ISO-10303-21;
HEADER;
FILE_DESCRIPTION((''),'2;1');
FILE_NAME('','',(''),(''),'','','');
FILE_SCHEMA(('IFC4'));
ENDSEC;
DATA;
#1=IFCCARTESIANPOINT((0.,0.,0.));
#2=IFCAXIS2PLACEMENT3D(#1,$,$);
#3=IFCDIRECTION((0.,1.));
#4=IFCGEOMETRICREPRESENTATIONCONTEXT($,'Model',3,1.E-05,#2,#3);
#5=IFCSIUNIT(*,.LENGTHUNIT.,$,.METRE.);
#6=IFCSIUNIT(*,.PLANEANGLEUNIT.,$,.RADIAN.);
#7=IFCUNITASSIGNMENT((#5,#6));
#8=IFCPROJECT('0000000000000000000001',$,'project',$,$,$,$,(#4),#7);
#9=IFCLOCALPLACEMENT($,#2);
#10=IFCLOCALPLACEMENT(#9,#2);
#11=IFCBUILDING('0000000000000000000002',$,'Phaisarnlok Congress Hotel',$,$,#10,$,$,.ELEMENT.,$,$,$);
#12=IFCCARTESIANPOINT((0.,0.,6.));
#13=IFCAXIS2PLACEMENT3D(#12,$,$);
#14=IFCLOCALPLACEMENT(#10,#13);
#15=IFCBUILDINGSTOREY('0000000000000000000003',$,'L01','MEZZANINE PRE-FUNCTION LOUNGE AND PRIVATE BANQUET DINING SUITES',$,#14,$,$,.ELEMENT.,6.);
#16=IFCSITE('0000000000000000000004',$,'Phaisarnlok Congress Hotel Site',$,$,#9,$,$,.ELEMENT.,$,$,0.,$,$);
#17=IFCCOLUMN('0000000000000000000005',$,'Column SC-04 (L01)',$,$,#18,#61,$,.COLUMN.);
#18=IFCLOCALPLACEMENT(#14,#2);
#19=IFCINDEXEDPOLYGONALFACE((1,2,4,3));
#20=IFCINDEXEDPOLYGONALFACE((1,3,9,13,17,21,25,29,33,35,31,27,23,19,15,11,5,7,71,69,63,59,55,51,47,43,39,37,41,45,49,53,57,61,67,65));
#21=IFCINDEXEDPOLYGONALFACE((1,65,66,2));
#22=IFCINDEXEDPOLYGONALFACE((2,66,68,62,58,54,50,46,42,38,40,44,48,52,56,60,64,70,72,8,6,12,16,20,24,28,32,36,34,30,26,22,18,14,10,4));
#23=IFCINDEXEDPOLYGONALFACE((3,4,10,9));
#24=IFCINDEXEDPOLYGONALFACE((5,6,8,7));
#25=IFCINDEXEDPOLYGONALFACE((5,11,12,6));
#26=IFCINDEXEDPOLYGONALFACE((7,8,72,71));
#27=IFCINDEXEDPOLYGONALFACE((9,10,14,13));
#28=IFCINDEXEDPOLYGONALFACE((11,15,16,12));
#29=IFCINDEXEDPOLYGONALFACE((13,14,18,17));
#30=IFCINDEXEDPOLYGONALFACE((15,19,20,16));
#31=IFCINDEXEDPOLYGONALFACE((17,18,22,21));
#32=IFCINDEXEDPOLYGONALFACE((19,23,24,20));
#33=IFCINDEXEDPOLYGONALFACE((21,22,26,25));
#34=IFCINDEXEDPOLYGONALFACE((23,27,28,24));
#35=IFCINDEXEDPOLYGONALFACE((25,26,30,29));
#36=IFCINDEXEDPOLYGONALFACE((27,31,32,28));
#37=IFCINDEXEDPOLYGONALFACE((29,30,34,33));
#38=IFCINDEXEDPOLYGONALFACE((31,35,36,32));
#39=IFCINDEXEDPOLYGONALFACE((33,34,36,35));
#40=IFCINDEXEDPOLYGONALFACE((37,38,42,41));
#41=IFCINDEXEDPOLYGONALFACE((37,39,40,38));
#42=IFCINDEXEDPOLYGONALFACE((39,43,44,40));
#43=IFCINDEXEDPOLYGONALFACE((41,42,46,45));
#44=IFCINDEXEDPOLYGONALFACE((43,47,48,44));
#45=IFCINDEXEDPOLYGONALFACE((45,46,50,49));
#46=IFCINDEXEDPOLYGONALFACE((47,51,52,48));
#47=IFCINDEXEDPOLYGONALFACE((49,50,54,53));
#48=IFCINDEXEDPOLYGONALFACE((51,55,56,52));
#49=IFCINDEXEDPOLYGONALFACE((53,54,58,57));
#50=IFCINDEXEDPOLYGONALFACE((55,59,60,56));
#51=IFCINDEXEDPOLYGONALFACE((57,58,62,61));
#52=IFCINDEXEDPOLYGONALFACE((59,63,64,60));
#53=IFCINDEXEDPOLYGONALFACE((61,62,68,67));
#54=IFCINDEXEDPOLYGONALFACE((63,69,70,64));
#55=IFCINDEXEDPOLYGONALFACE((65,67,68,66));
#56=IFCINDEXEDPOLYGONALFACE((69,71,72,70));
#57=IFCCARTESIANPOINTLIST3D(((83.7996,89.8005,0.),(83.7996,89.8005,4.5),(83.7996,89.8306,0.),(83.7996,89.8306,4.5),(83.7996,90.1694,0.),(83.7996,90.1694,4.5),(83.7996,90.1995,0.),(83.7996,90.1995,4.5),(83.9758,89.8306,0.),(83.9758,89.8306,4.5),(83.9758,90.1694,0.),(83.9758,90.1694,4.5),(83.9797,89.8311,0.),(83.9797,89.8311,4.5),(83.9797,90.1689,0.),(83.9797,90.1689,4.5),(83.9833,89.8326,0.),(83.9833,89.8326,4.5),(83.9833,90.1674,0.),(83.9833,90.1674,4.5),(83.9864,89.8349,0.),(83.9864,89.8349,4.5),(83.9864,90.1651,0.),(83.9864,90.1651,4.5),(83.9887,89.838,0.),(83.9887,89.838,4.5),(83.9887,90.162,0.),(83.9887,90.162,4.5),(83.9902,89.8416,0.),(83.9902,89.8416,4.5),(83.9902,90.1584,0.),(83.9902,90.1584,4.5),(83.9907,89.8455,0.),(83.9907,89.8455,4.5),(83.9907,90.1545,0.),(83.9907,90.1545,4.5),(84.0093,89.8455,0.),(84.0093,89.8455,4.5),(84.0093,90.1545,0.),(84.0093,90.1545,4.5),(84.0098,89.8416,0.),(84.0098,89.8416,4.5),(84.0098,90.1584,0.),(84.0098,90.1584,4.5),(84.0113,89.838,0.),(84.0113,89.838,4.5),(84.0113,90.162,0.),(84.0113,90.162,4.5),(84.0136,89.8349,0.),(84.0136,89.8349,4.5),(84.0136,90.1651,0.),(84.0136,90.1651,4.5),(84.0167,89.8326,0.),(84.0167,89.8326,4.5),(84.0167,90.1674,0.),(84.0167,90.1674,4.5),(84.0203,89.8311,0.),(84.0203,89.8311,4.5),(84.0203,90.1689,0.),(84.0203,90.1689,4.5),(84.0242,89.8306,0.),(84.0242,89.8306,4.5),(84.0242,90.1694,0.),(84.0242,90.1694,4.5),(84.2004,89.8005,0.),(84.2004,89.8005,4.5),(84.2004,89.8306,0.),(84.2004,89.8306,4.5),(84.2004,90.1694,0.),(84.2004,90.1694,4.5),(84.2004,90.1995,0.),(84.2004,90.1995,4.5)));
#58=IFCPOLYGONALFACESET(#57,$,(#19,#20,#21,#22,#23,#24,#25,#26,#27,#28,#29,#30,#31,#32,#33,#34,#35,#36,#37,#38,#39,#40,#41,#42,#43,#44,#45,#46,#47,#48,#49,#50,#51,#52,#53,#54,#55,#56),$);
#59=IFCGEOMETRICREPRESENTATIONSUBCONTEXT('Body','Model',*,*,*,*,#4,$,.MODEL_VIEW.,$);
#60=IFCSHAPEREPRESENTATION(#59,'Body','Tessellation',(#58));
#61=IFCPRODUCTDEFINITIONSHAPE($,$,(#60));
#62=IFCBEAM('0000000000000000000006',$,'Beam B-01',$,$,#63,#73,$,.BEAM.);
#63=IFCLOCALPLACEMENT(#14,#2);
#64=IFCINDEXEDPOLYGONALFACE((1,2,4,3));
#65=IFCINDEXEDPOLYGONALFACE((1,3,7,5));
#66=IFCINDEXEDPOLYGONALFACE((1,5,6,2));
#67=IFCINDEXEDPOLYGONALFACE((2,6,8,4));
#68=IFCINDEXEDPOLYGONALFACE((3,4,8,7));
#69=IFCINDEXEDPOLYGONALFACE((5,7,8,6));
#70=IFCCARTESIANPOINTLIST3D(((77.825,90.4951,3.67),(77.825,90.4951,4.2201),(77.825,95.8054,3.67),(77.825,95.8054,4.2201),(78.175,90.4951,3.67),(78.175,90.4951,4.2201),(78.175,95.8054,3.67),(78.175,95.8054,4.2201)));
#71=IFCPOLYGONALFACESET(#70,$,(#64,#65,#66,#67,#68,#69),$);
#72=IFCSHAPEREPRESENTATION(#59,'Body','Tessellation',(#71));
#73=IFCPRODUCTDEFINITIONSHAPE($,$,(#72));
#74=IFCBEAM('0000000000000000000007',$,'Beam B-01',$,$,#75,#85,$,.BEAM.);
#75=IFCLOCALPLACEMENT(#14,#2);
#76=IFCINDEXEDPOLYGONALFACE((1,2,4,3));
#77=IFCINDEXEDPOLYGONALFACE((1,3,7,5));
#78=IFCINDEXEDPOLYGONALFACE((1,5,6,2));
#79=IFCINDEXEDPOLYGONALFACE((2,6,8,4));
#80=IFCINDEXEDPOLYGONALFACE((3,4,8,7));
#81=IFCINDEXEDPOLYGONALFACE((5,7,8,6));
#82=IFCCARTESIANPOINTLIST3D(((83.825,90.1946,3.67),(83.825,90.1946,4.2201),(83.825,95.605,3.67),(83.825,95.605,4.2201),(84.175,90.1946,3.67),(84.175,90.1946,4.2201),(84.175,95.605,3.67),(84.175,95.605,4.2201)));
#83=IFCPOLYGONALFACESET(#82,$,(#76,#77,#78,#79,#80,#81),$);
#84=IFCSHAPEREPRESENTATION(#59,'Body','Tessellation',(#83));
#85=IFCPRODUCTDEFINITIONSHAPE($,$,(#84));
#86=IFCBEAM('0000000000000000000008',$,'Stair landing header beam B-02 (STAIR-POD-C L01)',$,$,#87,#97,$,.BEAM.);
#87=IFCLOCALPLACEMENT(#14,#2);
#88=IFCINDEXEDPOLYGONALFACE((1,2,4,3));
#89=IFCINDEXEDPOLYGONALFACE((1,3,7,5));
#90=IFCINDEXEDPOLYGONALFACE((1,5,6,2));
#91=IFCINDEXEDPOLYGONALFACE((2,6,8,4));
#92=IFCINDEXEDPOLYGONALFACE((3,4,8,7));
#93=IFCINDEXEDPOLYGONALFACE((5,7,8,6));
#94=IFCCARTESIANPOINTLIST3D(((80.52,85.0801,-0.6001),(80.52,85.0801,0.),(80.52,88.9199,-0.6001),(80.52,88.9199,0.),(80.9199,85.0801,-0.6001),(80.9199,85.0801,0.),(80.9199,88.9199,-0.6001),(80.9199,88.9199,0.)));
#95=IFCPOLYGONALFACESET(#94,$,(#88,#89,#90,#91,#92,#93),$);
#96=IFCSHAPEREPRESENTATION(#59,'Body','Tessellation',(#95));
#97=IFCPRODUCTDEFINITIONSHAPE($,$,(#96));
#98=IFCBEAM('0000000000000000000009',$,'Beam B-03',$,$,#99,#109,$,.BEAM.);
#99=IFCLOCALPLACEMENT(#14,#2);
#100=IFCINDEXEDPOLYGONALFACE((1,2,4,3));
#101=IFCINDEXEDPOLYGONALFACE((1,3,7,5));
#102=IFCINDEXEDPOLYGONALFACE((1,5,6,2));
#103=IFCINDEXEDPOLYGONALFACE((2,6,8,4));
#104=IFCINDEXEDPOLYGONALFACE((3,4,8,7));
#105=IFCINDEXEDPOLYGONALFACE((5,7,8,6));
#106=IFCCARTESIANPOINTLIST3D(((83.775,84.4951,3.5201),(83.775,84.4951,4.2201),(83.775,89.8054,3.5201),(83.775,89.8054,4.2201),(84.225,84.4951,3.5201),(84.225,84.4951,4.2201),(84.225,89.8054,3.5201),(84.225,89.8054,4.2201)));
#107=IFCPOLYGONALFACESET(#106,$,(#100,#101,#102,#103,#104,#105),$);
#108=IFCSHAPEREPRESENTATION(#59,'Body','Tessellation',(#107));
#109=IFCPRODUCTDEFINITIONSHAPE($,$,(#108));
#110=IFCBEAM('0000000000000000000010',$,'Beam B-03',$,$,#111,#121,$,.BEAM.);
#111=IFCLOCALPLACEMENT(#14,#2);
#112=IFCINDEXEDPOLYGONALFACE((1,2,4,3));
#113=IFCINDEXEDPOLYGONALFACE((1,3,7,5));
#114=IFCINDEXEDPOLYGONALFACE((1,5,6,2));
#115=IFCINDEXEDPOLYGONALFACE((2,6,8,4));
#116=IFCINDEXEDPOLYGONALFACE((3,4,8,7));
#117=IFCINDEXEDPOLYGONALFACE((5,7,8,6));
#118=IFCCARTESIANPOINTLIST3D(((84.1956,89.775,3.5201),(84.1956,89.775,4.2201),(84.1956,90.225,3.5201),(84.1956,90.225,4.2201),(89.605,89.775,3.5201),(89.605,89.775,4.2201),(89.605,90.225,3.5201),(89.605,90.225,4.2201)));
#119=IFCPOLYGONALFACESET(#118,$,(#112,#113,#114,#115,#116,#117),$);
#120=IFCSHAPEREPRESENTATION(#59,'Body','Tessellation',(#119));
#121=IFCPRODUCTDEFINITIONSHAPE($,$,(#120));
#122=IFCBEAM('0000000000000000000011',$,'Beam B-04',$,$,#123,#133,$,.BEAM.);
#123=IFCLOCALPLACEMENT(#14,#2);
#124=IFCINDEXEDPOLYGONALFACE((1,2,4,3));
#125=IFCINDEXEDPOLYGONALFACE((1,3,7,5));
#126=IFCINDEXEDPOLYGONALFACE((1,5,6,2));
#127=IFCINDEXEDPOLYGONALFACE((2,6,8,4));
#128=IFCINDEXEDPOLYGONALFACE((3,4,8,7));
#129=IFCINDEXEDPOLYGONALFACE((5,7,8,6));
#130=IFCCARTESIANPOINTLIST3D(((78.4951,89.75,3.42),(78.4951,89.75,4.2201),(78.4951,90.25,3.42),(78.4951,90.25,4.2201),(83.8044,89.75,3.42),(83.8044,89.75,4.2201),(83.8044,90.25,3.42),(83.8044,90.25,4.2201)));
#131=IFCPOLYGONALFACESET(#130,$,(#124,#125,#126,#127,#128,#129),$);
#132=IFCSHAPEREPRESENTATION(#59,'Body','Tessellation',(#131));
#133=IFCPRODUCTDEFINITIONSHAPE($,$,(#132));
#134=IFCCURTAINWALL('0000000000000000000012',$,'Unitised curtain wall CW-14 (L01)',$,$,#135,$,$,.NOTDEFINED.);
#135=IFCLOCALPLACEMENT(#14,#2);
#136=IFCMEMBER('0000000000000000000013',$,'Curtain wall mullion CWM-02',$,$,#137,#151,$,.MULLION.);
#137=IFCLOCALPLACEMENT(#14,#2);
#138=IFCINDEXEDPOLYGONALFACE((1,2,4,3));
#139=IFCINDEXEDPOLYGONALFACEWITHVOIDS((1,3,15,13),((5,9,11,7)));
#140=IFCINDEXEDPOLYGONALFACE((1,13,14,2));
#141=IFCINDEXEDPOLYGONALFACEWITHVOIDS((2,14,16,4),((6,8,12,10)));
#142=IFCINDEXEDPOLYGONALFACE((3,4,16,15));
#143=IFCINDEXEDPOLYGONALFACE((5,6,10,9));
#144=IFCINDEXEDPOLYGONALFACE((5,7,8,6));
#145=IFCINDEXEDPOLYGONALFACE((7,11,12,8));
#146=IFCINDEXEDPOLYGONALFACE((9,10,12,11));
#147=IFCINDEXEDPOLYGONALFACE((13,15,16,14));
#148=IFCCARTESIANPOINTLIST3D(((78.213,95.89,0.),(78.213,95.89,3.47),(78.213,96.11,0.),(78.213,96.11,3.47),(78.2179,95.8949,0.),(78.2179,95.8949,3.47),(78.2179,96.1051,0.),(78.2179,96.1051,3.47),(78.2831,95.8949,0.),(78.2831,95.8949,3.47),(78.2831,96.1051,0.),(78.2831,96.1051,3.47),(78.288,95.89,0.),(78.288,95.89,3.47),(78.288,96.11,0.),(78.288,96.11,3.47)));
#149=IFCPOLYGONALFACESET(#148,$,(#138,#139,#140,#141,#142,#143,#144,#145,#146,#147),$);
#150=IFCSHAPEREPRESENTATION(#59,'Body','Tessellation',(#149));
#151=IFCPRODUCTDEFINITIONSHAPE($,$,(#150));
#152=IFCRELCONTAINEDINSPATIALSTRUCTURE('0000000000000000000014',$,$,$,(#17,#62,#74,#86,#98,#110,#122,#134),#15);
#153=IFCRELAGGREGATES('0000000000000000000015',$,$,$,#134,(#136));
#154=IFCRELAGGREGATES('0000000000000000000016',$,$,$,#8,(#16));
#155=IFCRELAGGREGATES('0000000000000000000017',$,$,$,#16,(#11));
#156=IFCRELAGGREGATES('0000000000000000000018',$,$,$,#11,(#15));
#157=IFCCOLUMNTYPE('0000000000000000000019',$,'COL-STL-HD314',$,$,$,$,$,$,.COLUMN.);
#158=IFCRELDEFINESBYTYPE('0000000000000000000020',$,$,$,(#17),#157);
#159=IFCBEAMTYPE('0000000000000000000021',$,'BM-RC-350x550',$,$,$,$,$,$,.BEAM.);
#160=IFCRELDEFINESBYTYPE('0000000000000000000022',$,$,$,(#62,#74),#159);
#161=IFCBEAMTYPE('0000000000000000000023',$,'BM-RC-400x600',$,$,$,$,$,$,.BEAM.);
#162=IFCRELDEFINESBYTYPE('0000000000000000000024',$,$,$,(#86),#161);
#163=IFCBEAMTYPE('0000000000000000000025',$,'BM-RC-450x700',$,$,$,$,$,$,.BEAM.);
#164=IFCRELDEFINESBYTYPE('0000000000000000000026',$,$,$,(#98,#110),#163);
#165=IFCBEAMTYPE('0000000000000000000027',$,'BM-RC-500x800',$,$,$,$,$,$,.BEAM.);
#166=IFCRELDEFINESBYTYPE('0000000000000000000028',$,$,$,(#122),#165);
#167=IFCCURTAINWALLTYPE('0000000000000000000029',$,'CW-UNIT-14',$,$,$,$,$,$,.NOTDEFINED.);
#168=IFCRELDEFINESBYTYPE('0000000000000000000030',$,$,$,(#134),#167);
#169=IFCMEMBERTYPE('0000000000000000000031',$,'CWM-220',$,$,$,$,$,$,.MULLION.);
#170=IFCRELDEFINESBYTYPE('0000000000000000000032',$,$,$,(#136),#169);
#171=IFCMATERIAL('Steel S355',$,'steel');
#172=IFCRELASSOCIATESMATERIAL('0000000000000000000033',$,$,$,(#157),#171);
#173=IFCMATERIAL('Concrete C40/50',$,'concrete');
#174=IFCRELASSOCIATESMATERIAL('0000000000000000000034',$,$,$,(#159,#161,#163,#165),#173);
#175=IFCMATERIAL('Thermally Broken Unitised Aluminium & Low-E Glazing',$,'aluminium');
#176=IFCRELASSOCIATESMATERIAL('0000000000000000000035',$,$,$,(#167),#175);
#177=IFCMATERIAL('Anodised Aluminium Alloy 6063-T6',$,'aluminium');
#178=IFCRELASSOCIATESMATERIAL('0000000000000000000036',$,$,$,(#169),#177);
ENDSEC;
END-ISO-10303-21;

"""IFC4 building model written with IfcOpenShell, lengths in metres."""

from ifc_helpers import new_model, si_unit, direction, frame, origin, origin_2d, place, context, subcontext, project, spatial, rectangle, hollow_rectangle, i_section, extrude, material, material_profile, profile_set, type_object, element, aggregate, save


model = new_model("IFC4")

# Units and contexts
model_context = context("Model", 3, precision=1e-05, world=origin(), true_north=direction((0.0, 1.0)))
body_context = subcontext(model_context, "Body", "Model", "MODEL_VIEW")
ifc_project = project(units=[si_unit("LENGTHUNIT", "METRE"), si_unit("PLANEANGLEUNIT", "RADIAN")], contexts=[model_context])

# Site, building, storey
site_placement = place(None, origin())
site = spatial("IfcSite", under=ifc_project, at=site_placement, Name="Phaisarnlok Congress Hotel Site", CompositionType="ELEMENT", RefElevation=0.0)
building_placement = place(site_placement, origin())
building = spatial("IfcBuilding", under=site, at=building_placement, Name="Phaisarnlok Congress Hotel", CompositionType="ELEMENT")
storey_placement = place(building_placement, frame((0.0, 0.0, 6.0)))
storey = spatial("IfcBuildingStorey", under=building, at=storey_placement, Name="L01", Description="MEZZANINE PRE-FUNCTION LOUNGE AND PRIVATE BANQUET DINING SUITES", CompositionType="ELEMENT", Elevation=6.0)

# Column
ifc_material_1 = material(Name="Steel S355", Category="steel")
ifc_material_profile_1 = material_profile(ifc_material_1, i_section(OverallWidth=0.4009, OverallDepth=0.3989, WebThickness=0.0186, FlangeThickness=0.03, FilletRadius=0.0149, at=origin_2d()), Name="HD 400x314")
ifc_profile_set_1 = profile_set([ifc_material_profile_1], Name="Steel S355")
column_type_1 = type_object("IfcColumnType", Name="COL-STL-HD314", PredefinedType="COLUMN", material=ifc_profile_set_1)
for number, where, z_axis, x_axis, name in (
    (1, (84.0, 90.0, 0.0), (0.0, 0.0, 1.0), (1.0, 0.0, 0.0), "Column SC-04 (L01)"),
):
    element("IfcColumn", number, at=place(storey_placement, frame(where, z_axis=z_axis, x_axis=x_axis)), inside=storey, type_object=column_type_1, Name=name, PredefinedType="COLUMN", context=body_context, shape_type="SweptSolid", body=[
        extrude(i_section(OverallWidth=0.4009, OverallDepth=0.3989, WebThickness=0.0186, FlangeThickness=0.03, FilletRadius=0.0149, at=origin_2d()), origin(), (0.0, 0.0, 1.0), 4.5),
    ])

# Beams
ifc_material_2 = material(Name="Concrete C40/50", Category="concrete")
ifc_material_profile_2 = material_profile(ifc_material_2, rectangle(XDim=0.3501, YDim=0.55, at=origin_2d()), Name="RC 350x550")
ifc_profile_set_2 = profile_set([ifc_material_profile_2], Name="Concrete C40/50")
beam_type_1 = type_object("IfcBeamType", Name="BM-RC-350x550", PredefinedType="BEAM", material=ifc_profile_set_2)
beam_1_placement = place(storey_placement, frame((78.0, 90.4951, 3.9451), z_axis=(0.0, 1.0, 0.0), x_axis=(-1.0, 0.0, 0.0)))
element("IfcBeam", 2, at=beam_1_placement, inside=storey, type_object=beam_type_1, Name="Beam B-01", PredefinedType="BEAM", context=body_context, shape_type="SweptSolid", body=[
    extrude(rectangle(XDim=0.3501, YDim=0.55, at=origin_2d()), origin(), (0.0, 0.0, 1.0), 5.3103),
])
beam_2_placement = place(storey_placement, frame((84.0, 90.1946, 3.9451), z_axis=(0.0, 1.0, 0.0), x_axis=(-1.0, 0.0, 0.0)))
element("IfcBeam", 3, at=beam_2_placement, inside=storey, type_object=beam_type_1, Name="Beam B-01", PredefinedType="BEAM", context=body_context, shape_type="SweptSolid", body=[
    extrude(rectangle(XDim=0.3501, YDim=0.55, at=origin_2d()), origin(), (0.0, 0.0, 1.0), 5.4104),
])
ifc_material_profile_3 = material_profile(ifc_material_2, rectangle(XDim=0.3999, YDim=0.6001, at=origin_2d()), Name="RC 400x600")
ifc_profile_set_3 = profile_set([ifc_material_profile_3], Name="Concrete C40/50")
beam_type_2 = type_object("IfcBeamType", Name="BM-RC-400x600", PredefinedType="BEAM", material=ifc_profile_set_3)
beam_3_placement = place(storey_placement, frame((80.72, 85.0801, -0.3), z_axis=(0.0, 1.0, 0.0), x_axis=(-1.0, 0.0, 0.0)))
element("IfcBeam", 4, at=beam_3_placement, inside=storey, type_object=beam_type_2, Name="Stair landing header beam B-02 (STAIR-POD-C L01)", PredefinedType="BEAM", context=body_context, shape_type="SweptSolid", body=[
    extrude(rectangle(XDim=0.3999, YDim=0.6001, at=origin_2d()), origin(), (0.0, 0.0, 1.0), 3.8398),
])
ifc_material_profile_4 = material_profile(ifc_material_2, rectangle(XDim=0.45, YDim=0.7, at=origin_2d()), Name="RC 450x700")
ifc_profile_set_4 = profile_set([ifc_material_profile_4], Name="Concrete C40/50")
beam_type_3 = type_object("IfcBeamType", Name="BM-RC-450x700", PredefinedType="BEAM", material=ifc_profile_set_4)
beam_4_placement = place(storey_placement, frame((84.0, 84.4951, 3.8701), z_axis=(0.0, 1.0, 0.0), x_axis=(-1.0, 0.0, 0.0)))
element("IfcBeam", 5, at=beam_4_placement, inside=storey, type_object=beam_type_3, Name="Beam B-03", PredefinedType="BEAM", context=body_context, shape_type="SweptSolid", body=[
    extrude(rectangle(XDim=0.45, YDim=0.7, at=origin_2d()), origin(), (0.0, 0.0, 1.0), 5.3103),
])
beam_5_placement = place(storey_placement, frame((84.1956, 90.0, 3.8701), z_axis=(1.0, 0.0, 0.0), x_axis=(0.0, 1.0, 0.0)))
element("IfcBeam", 6, at=beam_5_placement, inside=storey, type_object=beam_type_3, Name="Beam B-03", PredefinedType="BEAM", context=body_context, shape_type="SweptSolid", body=[
    extrude(rectangle(XDim=0.45, YDim=0.7, at=origin_2d()), origin(), (0.0, 0.0, 1.0), 5.4094),
])
ifc_material_profile_5 = material_profile(ifc_material_2, rectangle(XDim=0.5, YDim=0.8, at=origin_2d()), Name="RC 500x800")
ifc_profile_set_5 = profile_set([ifc_material_profile_5], Name="Concrete C40/50")
beam_type_4 = type_object("IfcBeamType", Name="BM-RC-500x800", PredefinedType="BEAM", material=ifc_profile_set_5)
beam_6_placement = place(storey_placement, frame((78.4951, 90.0, 3.8201), z_axis=(1.0, 0.0, 0.0), x_axis=(0.0, 1.0, 0.0)))
element("IfcBeam", 7, at=beam_6_placement, inside=storey, type_object=beam_type_4, Name="Beam B-04", PredefinedType="BEAM", context=body_context, shape_type="SweptSolid", body=[
    extrude(rectangle(XDim=0.5, YDim=0.8, at=origin_2d()), origin(), (0.0, 0.0, 1.0), 5.3093),
])

# Curtain wall, member
ifc_material_3 = material(Name="Thermally Broken Unitised Aluminium & Low-E Glazing", Category="aluminium")
curtain_wall_type_1 = type_object("IfcCurtainWallType", Name="CW-UNIT-14", PredefinedType="NOTDEFINED", material=ifc_material_3)
curtain_wall_1_placement = place(storey_placement, origin())
curtain_wall_1 = element("IfcCurtainWall", 8, at=curtain_wall_1_placement, inside=storey, type_object=curtain_wall_type_1, Name="Unitised curtain wall CW-14 (L01)", PredefinedType="NOTDEFINED")
ifc_material_4 = material(Name="Anodised Aluminium Alloy 6063-T6", Category="aluminium")
ifc_material_profile_6 = material_profile(ifc_material_4, hollow_rectangle(XDim=0.075, YDim=0.22, WallThickness=0.0049, at=origin_2d()), Name="ALU-M 75x220x5")
ifc_profile_set_6 = profile_set([ifc_material_profile_6], Name="Anodised Aluminium Alloy 6063-T6")
member_type = type_object("IfcMemberType", Name="CWM-220", PredefinedType="MULLION", material=ifc_profile_set_6)
member_placement = place(storey_placement, frame((78.2505, 96.0, 0.0), z_axis=(0.0, 0.0, 1.0), x_axis=(-1.0, 0.0, 0.0)))
member = element("IfcMember", 9, at=member_placement, type_object=member_type, Name="Curtain wall mullion CWM-02", PredefinedType="MULLION", context=body_context, shape_type="SweptSolid", body=[
    extrude(hollow_rectangle(XDim=0.075, YDim=0.22, WallThickness=0.0049, at=origin_2d()), origin(), (0.0, 0.0, 1.0), 3.47),
])
aggregate(curtain_wall_1, [member])

save(model, "model.ifc")
